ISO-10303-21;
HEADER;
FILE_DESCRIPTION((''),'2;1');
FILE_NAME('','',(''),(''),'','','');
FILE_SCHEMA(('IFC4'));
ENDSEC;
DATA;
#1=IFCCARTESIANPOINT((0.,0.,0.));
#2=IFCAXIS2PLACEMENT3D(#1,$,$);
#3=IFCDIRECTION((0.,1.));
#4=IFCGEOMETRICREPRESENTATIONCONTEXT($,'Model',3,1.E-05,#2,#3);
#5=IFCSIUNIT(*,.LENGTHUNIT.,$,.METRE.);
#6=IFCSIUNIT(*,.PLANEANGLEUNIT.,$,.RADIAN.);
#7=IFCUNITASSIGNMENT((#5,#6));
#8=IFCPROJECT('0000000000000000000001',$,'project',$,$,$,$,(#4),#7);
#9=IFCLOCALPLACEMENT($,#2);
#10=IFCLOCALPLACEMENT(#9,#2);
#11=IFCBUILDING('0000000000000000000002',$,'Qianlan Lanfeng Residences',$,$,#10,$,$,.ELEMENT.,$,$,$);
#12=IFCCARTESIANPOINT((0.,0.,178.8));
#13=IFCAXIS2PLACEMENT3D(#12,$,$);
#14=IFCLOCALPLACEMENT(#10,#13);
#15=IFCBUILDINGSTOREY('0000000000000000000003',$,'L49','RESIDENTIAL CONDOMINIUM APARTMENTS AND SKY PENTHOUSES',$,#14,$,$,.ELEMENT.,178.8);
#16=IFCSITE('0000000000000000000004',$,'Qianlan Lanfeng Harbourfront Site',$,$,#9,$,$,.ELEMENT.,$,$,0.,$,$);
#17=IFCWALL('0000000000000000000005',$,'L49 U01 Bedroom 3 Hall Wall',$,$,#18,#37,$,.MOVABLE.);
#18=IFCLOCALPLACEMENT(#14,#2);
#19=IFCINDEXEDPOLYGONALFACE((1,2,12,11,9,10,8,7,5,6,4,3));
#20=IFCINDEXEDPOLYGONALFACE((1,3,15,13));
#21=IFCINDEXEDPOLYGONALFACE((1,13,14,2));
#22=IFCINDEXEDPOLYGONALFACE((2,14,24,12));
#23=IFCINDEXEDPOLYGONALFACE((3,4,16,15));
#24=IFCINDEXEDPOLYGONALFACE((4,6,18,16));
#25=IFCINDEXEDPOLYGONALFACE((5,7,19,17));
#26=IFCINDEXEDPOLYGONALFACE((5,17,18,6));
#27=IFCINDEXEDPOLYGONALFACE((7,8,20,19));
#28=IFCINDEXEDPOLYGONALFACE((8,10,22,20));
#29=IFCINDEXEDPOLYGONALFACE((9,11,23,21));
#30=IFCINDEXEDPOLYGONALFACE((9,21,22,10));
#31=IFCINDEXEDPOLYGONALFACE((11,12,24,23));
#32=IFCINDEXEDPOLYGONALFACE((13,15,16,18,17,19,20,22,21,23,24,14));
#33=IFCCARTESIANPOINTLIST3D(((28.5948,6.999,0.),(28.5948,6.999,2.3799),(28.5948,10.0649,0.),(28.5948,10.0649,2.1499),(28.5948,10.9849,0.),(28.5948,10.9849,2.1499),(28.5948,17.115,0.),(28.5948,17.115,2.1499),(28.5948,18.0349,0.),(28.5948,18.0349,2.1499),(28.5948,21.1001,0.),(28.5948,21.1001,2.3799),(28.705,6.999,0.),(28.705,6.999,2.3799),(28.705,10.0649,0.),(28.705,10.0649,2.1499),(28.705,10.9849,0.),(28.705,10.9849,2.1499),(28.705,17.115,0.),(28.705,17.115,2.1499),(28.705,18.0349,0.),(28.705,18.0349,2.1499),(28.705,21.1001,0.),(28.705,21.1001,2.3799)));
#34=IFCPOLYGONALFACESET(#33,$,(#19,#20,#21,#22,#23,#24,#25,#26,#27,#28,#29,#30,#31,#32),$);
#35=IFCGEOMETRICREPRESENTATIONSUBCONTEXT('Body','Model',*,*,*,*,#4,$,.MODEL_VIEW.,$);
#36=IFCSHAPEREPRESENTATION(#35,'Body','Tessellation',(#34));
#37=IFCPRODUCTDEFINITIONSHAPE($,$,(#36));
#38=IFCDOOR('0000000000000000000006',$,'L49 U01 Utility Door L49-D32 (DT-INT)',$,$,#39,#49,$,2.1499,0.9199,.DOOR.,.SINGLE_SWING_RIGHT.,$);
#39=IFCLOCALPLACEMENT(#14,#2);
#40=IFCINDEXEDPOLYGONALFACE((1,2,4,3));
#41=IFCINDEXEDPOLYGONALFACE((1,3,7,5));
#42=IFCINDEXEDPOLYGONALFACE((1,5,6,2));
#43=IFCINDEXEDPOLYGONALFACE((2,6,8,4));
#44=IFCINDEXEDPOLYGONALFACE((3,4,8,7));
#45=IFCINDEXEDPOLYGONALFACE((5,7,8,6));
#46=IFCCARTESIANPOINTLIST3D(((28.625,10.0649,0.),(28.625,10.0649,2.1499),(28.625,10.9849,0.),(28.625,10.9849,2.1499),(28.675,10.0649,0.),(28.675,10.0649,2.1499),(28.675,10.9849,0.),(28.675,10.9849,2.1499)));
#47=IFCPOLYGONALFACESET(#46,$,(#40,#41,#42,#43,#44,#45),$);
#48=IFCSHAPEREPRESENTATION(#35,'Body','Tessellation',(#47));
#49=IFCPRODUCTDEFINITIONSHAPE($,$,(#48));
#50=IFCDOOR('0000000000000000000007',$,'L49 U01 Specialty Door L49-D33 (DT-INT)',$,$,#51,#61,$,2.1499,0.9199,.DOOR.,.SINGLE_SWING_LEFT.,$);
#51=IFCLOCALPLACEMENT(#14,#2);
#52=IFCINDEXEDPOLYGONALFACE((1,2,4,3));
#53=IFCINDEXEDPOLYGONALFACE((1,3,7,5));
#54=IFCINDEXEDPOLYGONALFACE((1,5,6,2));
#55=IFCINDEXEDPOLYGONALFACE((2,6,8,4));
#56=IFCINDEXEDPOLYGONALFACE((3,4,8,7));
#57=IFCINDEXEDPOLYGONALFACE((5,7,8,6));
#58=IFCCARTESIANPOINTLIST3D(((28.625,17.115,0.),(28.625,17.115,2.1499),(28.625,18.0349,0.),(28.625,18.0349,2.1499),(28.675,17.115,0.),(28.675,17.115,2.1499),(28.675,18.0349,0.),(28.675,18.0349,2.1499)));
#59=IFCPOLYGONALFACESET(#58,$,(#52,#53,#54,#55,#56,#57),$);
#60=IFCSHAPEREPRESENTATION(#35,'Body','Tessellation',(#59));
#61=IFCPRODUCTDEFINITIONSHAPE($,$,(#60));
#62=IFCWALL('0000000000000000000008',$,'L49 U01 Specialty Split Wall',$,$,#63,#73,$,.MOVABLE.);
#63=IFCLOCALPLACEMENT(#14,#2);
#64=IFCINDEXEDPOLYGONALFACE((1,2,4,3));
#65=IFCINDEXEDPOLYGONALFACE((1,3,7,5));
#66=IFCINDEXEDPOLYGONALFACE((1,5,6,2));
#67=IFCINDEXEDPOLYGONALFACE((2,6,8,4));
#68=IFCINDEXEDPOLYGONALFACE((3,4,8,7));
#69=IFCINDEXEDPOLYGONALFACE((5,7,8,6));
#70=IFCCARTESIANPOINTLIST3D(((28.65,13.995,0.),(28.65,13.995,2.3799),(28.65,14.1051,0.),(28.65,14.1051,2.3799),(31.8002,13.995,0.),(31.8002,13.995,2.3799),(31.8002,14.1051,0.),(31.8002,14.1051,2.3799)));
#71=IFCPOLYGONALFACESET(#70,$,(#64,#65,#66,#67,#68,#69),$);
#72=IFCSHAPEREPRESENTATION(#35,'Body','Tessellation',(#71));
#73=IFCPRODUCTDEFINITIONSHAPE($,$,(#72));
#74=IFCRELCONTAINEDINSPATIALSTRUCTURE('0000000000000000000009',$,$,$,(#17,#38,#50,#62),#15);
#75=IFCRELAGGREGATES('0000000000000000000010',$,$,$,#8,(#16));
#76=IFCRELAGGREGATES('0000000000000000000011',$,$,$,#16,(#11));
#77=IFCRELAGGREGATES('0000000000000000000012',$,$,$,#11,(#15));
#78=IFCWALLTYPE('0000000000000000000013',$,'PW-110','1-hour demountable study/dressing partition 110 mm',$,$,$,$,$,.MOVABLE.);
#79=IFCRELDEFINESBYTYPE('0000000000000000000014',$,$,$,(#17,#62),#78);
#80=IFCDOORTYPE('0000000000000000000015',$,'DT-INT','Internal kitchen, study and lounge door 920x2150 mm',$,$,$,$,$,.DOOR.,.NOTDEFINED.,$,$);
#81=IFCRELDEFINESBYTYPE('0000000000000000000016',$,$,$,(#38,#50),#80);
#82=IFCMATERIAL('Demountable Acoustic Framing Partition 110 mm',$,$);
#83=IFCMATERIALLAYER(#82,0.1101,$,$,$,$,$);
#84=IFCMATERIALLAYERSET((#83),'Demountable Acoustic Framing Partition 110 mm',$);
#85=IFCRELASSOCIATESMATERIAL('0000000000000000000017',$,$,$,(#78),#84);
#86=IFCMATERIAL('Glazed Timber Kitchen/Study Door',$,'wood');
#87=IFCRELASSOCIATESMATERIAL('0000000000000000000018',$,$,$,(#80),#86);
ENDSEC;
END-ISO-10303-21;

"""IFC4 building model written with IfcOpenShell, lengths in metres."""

from ifc_helpers import new_model, si_unit, direction, frame, frame_2d, origin, place, context, subcontext, project, spatial, rectangle, extrude, material, layer, layer_set, type_object, element, fill, save


model = new_model("IFC4")

# Units and contexts
model_context = context("Model", 3, precision=1e-05, world=origin(), true_north=direction((0.0, 1.0)))
body_context = subcontext(model_context, "Body", "Model", "MODEL_VIEW")
ifc_project = project(units=[si_unit("LENGTHUNIT", "METRE"), si_unit("PLANEANGLEUNIT", "RADIAN")], contexts=[model_context])

# Site, building, storey
site_placement = place(None, origin())
site = spatial("IfcSite", under=ifc_project, at=site_placement, Name="Qianlan Lanfeng Harbourfront Site", CompositionType="ELEMENT", RefElevation=0.0)
building_placement = place(site_placement, origin())
building = spatial("IfcBuilding", under=site, at=building_placement, Name="Qianlan Lanfeng Residences", CompositionType="ELEMENT")
storey_placement = place(building_placement, frame((0.0, 0.0, 178.8)))
storey = spatial("IfcBuildingStorey", under=building, at=storey_placement, Name="L49", Description="RESIDENTIAL CONDOMINIUM APARTMENTS AND SKY PENTHOUSES", CompositionType="ELEMENT", Elevation=178.8)

# Shared definitions
ifc_material_1 = material(Name="Demountable Acoustic Framing Partition 110 mm")
ifc_layer_1 = layer(ifc_material_1, 0.1101)
ifc_layer_set_1 = layer_set([ifc_layer_1], Name="Demountable Acoustic Framing Partition 110 mm")
wall_type_1 = type_object("IfcWallType", Name="PW-110", Description="1-hour demountable study/dressing partition 110 mm", PredefinedType="MOVABLE", material=ifc_layer_set_1)
ifc_material_2 = material(Name="Glazed Timber Kitchen/Study Door", Category="wood")
door_type_1 = type_object("IfcDoorType", Name="DT-INT", Description="Internal kitchen, study and lounge door 920x2150 mm", OperationType="NOTDEFINED", PredefinedType="DOOR", material=ifc_material_2)

# Wall, openings, doors
wall_1_placement = place(storey_placement, frame((28.6499, 6.999, 0.0), z_axis=(0.0, 0.0, 1.0), x_axis=(0.0, 1.0, 0.0)))
wall_1 = element("IfcWall", 1, at=wall_1_placement, inside=storey, type_object=wall_type_1, Name="L49 U01 Bedroom 3 Hall Wall", PredefinedType="MOVABLE", context=body_context, shape_type="SweptSolid", body=[
    extrude(rectangle(XDim=14.1011, YDim=0.1101, at=frame_2d((7.0505, 0.0))), origin(), (0.0, 0.0, 1.0), 2.3799),
])
opening_1_placement = place(wall_1_placement, frame((3.0659, 0.0, 0.0)))
opening_1 = element("IfcOpeningElement", 2, at=opening_1_placement, cuts=wall_1, PredefinedType="OPENING", context=body_context, shape_type="SweptSolid", body=[
    extrude(rectangle(XDim=0.9199, YDim=2.1499, at=frame_2d((0.46, 1.075))), frame((0.0, 0.0649, 0.0), z_axis=(0.0, -1.0, 0.0), x_axis=(1.0, 0.0, 0.0)), (0.0, 0.0, 1.0), 0.1301),
])
opening_2_placement = place(wall_1_placement, frame((10.116, 0.0, 0.0)))
opening_2 = element("IfcOpeningElement", 3, at=opening_2_placement, cuts=wall_1, PredefinedType="OPENING", context=body_context, shape_type="SweptSolid", body=[
    extrude(rectangle(XDim=0.9199, YDim=2.1499, at=frame_2d((0.46, 1.075))), frame((0.0, 0.0649, 0.0), z_axis=(0.0, -1.0, 0.0), x_axis=(1.0, 0.0, 0.0)), (0.0, 0.0, 1.0), 0.1301),
])
door_1_placement = place(opening_1_placement, origin())
door_1 = element("IfcDoor", 4, at=door_1_placement, inside=storey, type_object=door_type_1, Name="L49 U01 Utility Door L49-D32 (DT-INT)", OperationType="SINGLE_SWING_RIGHT", OverallHeight=2.1499, OverallWidth=0.9199, PredefinedType="DOOR", context=body_context, shape_type="SweptSolid", body=[
    extrude(rectangle(XDim=0.9199, YDim=2.1499, at=frame_2d((0.46, 1.075))), frame((0.0, 0.0249, 0.0), z_axis=(0.0, -1.0, 0.0), x_axis=(1.0, 0.0, 0.0)), (0.0, 0.0, 1.0), 0.05),
])
fill(opening_1, door_1)
door_2_placement = place(opening_2_placement, origin())
door_2 = element("IfcDoor", 5, at=door_2_placement, inside=storey, type_object=door_type_1, Name="L49 U01 Specialty Door L49-D33 (DT-INT)", OperationType="SINGLE_SWING_LEFT", OverallHeight=2.1499, OverallWidth=0.9199, PredefinedType="DOOR", context=body_context, shape_type="SweptSolid", body=[
    extrude(rectangle(XDim=0.9199, YDim=2.1499, at=frame_2d((0.46, 1.075))), frame((0.0, 0.0249, 0.0), z_axis=(0.0, -1.0, 0.0), x_axis=(1.0, 0.0, 0.0)), (0.0, 0.0, 1.0), 0.05),
])
fill(opening_2, door_2)

# Wall
wall_2_placement = place(storey_placement, frame((28.6499, 14.05, 0.0), z_axis=(0.0, 0.0, 1.0), x_axis=(1.0, 0.0, 0.0)))
element("IfcWall", 6, at=wall_2_placement, inside=storey, type_object=wall_type_1, Name="L49 U01 Specialty Split Wall", PredefinedType="MOVABLE", context=body_context, shape_type="SweptSolid", body=[
    extrude(rectangle(XDim=3.1501, YDim=0.1101, at=frame_2d((1.5752, 0.0))), origin(), (0.0, 0.0, 1.0), 2.3799),
])

save(model, "model.ifc")
